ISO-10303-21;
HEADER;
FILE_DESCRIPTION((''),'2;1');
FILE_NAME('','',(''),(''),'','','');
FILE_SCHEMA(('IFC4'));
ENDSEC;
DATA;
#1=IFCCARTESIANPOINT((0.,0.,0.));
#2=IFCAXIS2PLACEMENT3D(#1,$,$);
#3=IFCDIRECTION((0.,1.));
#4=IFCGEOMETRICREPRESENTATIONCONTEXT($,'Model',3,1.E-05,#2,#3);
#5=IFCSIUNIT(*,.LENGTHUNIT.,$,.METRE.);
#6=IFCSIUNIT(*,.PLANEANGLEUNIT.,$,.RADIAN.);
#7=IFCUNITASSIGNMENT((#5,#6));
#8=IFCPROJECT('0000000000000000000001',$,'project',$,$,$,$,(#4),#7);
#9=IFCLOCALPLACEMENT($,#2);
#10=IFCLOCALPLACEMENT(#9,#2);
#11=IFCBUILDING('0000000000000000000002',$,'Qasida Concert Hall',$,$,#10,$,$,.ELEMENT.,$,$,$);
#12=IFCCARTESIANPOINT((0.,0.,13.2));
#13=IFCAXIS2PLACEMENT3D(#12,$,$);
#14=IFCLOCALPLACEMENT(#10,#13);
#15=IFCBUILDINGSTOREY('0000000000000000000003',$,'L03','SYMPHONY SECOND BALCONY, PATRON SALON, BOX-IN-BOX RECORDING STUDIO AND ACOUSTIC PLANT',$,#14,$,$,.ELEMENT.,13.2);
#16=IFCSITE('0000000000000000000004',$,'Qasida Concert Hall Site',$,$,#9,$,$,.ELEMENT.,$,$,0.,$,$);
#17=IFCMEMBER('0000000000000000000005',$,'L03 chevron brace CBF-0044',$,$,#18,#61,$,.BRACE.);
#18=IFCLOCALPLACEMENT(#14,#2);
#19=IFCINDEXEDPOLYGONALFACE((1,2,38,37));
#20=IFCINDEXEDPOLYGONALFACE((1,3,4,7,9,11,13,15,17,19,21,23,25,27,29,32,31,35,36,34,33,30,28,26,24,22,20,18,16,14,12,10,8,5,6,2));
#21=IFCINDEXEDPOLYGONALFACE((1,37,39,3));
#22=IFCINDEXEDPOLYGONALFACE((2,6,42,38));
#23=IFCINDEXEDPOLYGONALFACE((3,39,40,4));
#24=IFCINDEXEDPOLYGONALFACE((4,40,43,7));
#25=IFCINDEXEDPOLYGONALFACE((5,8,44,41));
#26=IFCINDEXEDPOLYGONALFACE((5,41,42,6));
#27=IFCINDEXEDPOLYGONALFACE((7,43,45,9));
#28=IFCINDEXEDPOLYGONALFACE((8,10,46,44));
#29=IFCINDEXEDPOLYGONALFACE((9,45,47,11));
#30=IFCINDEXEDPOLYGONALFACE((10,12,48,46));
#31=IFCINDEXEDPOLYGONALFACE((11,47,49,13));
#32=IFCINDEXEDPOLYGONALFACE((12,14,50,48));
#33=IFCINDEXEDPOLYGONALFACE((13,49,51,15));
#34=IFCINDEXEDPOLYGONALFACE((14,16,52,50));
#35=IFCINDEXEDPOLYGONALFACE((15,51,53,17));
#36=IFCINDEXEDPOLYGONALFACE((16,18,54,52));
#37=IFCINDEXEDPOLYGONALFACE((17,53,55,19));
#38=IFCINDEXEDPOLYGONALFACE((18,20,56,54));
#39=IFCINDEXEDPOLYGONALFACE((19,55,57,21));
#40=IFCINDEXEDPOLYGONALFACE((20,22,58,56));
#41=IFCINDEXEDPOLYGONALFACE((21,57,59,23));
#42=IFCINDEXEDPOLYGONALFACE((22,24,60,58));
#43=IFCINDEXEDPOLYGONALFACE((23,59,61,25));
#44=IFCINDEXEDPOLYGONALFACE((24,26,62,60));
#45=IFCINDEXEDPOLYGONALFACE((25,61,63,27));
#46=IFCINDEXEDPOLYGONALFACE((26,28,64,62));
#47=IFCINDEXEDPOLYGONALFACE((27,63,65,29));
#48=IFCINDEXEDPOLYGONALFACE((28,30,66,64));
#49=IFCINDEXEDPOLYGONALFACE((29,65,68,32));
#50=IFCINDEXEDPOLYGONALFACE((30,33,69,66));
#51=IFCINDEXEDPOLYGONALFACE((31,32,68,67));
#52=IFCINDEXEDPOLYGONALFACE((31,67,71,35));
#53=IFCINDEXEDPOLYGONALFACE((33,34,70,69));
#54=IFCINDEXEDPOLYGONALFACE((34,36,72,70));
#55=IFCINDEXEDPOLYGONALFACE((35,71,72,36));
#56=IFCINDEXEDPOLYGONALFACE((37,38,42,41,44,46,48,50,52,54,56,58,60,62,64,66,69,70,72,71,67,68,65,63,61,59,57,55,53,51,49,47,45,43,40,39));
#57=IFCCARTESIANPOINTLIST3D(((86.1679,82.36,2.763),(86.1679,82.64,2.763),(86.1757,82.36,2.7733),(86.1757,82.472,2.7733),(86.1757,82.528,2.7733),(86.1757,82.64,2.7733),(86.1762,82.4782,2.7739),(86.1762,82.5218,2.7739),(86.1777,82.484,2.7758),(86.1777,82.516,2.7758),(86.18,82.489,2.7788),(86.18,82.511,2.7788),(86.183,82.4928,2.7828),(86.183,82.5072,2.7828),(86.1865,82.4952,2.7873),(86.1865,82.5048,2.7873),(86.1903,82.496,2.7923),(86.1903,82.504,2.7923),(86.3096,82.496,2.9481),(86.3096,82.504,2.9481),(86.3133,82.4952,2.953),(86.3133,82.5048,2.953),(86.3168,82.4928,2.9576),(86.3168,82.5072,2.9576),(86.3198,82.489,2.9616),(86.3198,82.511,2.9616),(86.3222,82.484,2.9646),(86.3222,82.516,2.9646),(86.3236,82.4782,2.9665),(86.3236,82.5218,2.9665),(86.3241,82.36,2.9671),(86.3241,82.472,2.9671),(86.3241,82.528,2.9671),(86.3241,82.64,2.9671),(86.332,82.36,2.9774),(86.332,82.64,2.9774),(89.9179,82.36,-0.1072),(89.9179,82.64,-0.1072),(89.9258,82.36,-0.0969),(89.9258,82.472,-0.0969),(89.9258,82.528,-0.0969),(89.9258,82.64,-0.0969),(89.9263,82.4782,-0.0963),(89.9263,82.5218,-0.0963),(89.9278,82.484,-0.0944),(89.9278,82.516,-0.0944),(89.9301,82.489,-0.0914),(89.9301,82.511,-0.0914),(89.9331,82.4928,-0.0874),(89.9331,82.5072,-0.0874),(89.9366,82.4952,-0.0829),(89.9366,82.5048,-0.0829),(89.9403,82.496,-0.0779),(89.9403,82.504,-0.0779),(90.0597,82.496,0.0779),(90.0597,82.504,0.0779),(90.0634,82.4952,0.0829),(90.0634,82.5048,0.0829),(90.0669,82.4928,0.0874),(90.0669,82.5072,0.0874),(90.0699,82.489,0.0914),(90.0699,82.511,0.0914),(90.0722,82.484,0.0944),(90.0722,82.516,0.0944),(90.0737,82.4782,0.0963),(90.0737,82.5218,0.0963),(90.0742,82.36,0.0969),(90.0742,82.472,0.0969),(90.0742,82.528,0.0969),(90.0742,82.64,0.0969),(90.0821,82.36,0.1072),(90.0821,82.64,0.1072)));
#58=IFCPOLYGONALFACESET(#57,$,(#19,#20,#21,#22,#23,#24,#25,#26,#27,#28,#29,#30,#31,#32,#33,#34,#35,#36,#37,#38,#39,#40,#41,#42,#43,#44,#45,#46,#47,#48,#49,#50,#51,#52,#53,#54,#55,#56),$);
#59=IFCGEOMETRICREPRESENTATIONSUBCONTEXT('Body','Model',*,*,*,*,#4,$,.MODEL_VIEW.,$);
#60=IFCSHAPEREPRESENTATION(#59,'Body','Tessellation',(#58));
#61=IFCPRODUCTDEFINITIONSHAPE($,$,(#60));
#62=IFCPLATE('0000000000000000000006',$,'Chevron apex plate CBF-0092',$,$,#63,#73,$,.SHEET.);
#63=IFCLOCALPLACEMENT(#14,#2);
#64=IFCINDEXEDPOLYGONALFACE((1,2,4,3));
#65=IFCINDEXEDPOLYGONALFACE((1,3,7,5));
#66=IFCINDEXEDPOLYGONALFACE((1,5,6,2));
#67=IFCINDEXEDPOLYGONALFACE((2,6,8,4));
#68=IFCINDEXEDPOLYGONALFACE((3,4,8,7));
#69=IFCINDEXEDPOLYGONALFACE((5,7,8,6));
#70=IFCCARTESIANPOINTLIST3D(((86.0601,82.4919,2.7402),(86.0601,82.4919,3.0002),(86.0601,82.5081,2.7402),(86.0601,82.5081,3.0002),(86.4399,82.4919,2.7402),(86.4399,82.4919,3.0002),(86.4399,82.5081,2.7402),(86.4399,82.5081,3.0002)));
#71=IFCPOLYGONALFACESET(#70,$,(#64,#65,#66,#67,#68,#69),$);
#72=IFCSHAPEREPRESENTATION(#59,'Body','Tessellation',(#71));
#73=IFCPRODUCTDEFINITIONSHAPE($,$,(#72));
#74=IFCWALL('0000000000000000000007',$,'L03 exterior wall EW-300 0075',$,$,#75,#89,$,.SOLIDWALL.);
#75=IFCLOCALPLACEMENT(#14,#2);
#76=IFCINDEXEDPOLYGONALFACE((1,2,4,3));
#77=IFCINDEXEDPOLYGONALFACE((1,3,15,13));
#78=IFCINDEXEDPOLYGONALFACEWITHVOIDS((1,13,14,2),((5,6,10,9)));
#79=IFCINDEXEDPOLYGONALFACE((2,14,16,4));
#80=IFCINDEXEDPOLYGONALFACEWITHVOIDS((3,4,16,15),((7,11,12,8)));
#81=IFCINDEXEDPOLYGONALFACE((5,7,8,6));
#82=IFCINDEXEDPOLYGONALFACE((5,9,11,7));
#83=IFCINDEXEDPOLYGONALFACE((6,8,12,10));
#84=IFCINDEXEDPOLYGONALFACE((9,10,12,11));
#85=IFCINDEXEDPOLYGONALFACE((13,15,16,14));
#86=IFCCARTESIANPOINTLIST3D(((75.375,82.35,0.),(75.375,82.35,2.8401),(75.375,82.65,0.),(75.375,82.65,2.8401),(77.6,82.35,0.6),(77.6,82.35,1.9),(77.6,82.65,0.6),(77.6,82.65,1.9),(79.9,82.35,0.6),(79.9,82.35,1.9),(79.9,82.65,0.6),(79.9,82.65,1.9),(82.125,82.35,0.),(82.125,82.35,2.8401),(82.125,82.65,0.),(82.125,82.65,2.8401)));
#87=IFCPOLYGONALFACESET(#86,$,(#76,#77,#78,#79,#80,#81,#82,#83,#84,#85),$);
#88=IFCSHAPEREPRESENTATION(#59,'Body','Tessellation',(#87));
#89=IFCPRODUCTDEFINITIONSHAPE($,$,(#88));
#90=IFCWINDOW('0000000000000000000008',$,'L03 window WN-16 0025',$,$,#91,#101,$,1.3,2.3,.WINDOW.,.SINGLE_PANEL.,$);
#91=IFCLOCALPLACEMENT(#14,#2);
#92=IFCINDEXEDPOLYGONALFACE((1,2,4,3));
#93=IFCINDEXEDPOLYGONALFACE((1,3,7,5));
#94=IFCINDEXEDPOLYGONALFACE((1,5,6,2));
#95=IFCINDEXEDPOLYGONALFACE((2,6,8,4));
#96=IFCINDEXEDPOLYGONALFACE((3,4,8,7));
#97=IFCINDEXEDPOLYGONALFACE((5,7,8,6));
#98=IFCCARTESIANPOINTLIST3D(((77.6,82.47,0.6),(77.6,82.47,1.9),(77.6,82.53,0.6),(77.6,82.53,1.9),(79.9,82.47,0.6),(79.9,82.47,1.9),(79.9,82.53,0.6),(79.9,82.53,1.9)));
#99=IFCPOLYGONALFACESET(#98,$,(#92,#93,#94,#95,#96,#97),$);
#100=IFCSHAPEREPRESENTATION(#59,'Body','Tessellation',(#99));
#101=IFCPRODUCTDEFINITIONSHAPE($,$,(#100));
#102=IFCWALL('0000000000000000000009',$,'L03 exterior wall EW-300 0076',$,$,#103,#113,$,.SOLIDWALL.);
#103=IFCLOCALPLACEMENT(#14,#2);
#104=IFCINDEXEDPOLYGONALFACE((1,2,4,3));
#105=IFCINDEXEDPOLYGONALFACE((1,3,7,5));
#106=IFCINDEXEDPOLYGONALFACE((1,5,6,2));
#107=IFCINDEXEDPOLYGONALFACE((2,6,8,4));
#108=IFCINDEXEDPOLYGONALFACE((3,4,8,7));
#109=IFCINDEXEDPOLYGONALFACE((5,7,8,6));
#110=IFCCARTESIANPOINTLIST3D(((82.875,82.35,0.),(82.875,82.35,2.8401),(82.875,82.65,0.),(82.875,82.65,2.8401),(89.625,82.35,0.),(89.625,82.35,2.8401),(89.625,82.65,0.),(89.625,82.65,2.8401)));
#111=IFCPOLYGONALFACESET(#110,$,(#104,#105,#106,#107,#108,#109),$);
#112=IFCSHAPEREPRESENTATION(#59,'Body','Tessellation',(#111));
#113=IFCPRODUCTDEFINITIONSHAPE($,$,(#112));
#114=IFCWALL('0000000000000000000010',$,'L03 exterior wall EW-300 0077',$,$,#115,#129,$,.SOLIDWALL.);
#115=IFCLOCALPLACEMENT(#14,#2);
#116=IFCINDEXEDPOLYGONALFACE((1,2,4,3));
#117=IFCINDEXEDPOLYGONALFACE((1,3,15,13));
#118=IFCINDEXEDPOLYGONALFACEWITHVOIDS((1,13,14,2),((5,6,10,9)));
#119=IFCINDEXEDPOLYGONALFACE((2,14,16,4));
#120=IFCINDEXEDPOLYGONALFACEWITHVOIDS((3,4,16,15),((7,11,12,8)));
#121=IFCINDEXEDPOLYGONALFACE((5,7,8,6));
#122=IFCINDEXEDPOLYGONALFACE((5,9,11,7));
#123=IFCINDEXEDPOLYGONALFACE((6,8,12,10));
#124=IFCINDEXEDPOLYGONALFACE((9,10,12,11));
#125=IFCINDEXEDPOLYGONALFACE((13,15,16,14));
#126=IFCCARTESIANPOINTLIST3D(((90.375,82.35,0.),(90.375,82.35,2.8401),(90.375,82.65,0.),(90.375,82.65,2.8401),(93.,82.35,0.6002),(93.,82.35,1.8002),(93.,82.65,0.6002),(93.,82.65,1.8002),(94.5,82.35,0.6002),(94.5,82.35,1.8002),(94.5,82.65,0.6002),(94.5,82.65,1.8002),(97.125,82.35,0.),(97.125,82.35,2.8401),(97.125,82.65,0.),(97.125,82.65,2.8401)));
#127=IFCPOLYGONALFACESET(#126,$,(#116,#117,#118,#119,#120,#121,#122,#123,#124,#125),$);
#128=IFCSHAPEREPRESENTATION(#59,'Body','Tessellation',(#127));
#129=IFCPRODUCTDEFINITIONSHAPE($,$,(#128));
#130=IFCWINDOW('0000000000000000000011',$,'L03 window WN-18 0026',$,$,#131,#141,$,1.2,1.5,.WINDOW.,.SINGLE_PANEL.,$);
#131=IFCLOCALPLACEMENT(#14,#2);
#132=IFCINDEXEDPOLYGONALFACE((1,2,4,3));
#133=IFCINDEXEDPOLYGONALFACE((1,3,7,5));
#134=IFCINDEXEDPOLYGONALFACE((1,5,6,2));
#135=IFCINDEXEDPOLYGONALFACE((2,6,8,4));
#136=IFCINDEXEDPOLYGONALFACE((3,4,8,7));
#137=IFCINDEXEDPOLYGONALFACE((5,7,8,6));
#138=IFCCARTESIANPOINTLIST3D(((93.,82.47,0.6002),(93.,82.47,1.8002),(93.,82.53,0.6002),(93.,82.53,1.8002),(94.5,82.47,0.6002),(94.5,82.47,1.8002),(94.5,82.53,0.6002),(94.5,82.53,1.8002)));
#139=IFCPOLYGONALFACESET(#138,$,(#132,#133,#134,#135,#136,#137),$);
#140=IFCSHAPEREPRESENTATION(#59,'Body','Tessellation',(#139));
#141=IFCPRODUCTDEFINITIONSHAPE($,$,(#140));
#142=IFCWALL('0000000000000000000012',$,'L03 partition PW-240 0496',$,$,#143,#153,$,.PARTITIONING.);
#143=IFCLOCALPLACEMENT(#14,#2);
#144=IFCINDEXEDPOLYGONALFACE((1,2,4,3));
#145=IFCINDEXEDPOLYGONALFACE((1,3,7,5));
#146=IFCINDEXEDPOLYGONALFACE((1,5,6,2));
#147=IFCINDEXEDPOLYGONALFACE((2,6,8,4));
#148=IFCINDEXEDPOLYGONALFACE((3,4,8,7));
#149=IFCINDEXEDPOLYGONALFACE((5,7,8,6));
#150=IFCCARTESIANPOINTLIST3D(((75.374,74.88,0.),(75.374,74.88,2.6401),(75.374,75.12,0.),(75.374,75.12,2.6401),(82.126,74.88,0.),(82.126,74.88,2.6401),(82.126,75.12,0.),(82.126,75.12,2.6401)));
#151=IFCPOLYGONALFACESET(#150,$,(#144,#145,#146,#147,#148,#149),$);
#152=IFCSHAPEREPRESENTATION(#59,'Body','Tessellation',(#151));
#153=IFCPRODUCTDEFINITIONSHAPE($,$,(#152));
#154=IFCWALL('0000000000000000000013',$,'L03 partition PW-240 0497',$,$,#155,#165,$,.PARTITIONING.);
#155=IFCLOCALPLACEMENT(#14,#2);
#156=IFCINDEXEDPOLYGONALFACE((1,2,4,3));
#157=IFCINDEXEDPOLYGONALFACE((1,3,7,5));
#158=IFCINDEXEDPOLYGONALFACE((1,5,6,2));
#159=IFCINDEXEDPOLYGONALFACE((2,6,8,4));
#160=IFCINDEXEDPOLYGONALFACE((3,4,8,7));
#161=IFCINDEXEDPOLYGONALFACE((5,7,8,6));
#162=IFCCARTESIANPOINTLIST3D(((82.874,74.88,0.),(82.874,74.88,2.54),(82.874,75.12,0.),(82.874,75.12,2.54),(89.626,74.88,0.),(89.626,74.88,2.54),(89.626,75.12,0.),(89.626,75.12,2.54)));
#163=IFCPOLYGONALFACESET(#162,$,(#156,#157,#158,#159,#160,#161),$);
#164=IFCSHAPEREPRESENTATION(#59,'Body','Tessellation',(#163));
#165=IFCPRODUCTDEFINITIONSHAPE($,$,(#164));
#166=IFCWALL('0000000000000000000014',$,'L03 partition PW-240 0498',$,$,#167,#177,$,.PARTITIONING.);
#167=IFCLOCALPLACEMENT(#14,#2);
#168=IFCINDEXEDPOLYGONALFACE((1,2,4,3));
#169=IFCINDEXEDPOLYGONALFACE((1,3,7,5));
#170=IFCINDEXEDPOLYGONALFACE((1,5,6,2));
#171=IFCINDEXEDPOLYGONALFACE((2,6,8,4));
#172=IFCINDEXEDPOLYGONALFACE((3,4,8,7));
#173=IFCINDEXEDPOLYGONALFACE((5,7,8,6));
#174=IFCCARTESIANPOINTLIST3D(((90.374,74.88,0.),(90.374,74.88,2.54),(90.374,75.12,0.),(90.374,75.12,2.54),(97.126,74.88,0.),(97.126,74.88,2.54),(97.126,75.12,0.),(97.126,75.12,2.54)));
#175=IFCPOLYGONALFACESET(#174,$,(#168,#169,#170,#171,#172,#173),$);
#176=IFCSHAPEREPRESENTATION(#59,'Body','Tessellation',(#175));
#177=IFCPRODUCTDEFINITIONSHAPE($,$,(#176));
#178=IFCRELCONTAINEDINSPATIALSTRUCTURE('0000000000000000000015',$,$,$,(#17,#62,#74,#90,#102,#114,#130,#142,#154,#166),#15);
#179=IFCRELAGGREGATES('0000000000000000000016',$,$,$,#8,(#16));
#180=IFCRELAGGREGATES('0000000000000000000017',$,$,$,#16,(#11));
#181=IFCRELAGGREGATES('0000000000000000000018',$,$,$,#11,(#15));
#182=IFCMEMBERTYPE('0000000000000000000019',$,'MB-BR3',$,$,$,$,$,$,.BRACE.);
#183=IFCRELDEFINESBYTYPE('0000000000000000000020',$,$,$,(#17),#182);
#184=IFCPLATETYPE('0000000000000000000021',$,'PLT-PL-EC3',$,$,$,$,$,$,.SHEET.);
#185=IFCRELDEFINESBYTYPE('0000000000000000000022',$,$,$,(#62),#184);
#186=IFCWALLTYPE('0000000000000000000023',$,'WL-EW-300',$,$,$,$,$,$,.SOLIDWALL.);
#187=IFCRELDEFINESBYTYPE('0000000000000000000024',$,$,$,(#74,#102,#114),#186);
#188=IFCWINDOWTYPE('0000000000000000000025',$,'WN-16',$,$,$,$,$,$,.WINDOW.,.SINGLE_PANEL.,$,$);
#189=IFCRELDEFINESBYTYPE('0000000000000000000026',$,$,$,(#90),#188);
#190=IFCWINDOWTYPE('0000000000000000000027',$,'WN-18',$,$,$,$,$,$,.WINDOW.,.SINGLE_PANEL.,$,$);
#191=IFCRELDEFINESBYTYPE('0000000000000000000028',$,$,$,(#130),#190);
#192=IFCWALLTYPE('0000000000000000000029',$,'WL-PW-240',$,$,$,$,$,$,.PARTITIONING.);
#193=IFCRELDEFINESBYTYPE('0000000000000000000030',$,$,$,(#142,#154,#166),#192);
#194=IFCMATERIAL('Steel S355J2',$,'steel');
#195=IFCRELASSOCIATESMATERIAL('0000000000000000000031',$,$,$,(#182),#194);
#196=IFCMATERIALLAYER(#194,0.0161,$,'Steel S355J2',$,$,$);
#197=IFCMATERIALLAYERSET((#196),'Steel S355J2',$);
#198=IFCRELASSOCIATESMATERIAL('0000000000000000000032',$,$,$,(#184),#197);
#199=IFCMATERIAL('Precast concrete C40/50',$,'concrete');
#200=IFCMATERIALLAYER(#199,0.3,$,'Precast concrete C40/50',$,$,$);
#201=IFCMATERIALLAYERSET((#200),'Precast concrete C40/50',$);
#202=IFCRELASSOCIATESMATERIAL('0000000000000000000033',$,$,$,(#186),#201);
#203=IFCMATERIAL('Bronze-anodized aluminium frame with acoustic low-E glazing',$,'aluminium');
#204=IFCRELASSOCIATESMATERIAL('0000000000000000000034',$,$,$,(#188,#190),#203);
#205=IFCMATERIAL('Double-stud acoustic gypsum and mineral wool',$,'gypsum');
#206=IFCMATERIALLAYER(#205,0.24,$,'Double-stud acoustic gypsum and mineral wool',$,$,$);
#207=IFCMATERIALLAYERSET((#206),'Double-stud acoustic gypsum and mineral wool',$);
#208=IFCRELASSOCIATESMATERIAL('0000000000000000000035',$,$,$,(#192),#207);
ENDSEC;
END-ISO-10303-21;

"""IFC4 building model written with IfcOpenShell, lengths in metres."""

from ifc_helpers import new_model, si_unit, direction, frame, frame_2d, origin, origin_2d, place, context, subcontext, project, spatial, rectangle, i_section, extrude, material, layer, layer_set, material_profile, profile_set, type_object, element, fill, save


model = new_model("IFC4")

# Units and contexts
model_context = context("Model", 3, precision=1e-05, world=origin(), true_north=direction((0.0, 1.0)))
body_context = subcontext(model_context, "Body", "Model", "MODEL_VIEW")
ifc_project = project(units=[si_unit("LENGTHUNIT", "METRE"), si_unit("PLANEANGLEUNIT", "RADIAN")], contexts=[model_context])

# Site, building, storey
site_placement = place(None, origin())
site = spatial("IfcSite", under=ifc_project, at=site_placement, Name="Qasida Concert Hall Site", CompositionType="ELEMENT", RefElevation=0.0)
building_placement = place(site_placement, origin())
building = spatial("IfcBuilding", under=site, at=building_placement, Name="Qasida Concert Hall", CompositionType="ELEMENT")
storey_placement = place(building_placement, frame((0.0, 0.0, 13.2)))
storey = spatial("IfcBuildingStorey", under=building, at=storey_placement, Name="L03", Description="SYMPHONY SECOND BALCONY, PATRON SALON, BOX-IN-BOX RECORDING STUDIO AND ACOUSTIC PLANT", CompositionType="ELEMENT", Elevation=13.2)

# Shared definitions
ifc_material_1 = material(Name="Steel S355J2", Category="steel")

# Member
ifc_material_profile_1 = material_profile(ifc_material_1, i_section(OverallWidth=0.28, OverallDepth=0.27, WebThickness=0.0081, FlangeThickness=0.0129, FilletRadius=0.0239, at=origin_2d()), Name="HEA 280")
ifc_profile_set_1 = profile_set([ifc_material_profile_1], Name="Steel S355J2")
member_type_1 = type_object("IfcMemberType", Name="MB-BR3", PredefinedType="BRACE", material=ifc_profile_set_1)
for number, where, z_axis, x_axis, name in (
    (1, (90.0, 82.5, 0.0), (-0.794105, 0.0, 0.60778), (0.0, -1.0, 0.0), "L03 chevron brace CBF-0044"),
):
    element("IfcMember", number, at=place(storey_placement, frame(where, z_axis=z_axis, x_axis=x_axis)), inside=storey, type_object=member_type_1, Name=name, PredefinedType="BRACE", context=body_context, shape_type="SweptSolid", body=[
        extrude(i_section(OverallWidth=0.28, OverallDepth=0.27, WebThickness=0.0081, FlangeThickness=0.0129, FilletRadius=0.0239, at=origin_2d()), origin(), (0.0, 0.0, 1.0), 4.7224),
    ])

# Plate
ifc_layer_1 = layer(ifc_material_1, 0.0161, Name="Steel S355J2")
ifc_layer_set_1 = layer_set([ifc_layer_1], Name="Steel S355J2")
plate_type = type_object("IfcPlateType", Name="PLT-PL-EC3", PredefinedType="SHEET", material=ifc_layer_set_1)
plate_placement = place(storey_placement, frame((86.25, 82.5, 2.7402), z_axis=(0.0, 0.0, 1.0), x_axis=(1.0, 0.0, 0.0)))
element("IfcPlate", 2, at=plate_placement, inside=storey, type_object=plate_type, Name="Chevron apex plate CBF-0092", PredefinedType="SHEET", context=body_context, shape_type="SweptSolid", body=[
    extrude(rectangle(XDim=0.3799, YDim=0.0161, at=origin_2d()), origin(), (0.0, 0.0, 1.0), 0.26),
])

# Wall, opening, window
ifc_material_2 = material(Name="Precast concrete C40/50", Category="concrete")
ifc_layer_2 = layer(ifc_material_2, 0.3, Name="Precast concrete C40/50")
ifc_layer_set_2 = layer_set([ifc_layer_2], Name="Precast concrete C40/50")
wall_type_1 = type_object("IfcWallType", Name="WL-EW-300", PredefinedType="SOLIDWALL", material=ifc_layer_set_2)
wall_1_placement = place(storey_placement, frame((75.375, 82.5, 0.0), z_axis=(0.0, 0.0, 1.0), x_axis=(1.0, 0.0, 0.0)))
wall_1 = element("IfcWall", 3, at=wall_1_placement, inside=storey, type_object=wall_type_1, Name="L03 exterior wall EW-300 0075", PredefinedType="SOLIDWALL", context=body_context, shape_type="SweptSolid", body=[
    extrude(rectangle(XDim=6.75, YDim=0.3, at=frame_2d((3.375, 0.0))), origin(), (0.0, 0.0, 1.0), 2.8401),
])
opening_1_placement = place(wall_1_placement, frame((2.2251, 0.0, 0.6001)))
opening_1 = element("IfcOpeningElement", 4, at=opening_1_placement, cuts=wall_1, PredefinedType="OPENING", context=body_context, shape_type="SweptSolid", body=[
    extrude(rectangle(XDim=2.3, YDim=1.3, at=frame_2d((1.1499, 0.6499))), frame((0.0, 0.1599, 0.0), z_axis=(0.0, -1.0, 0.0), x_axis=(1.0, 0.0, 0.0)), (0.0, 0.0, 1.0), 0.3201),
])
ifc_material_3 = material(Name="Bronze-anodized aluminium frame with acoustic low-E glazing", Category="aluminium")
window_type_1 = type_object("IfcWindowType", Name="WN-16", PartitioningType="SINGLE_PANEL", PredefinedType="WINDOW", material=ifc_material_3)
window_1_placement = place(opening_1_placement, origin())
window_1 = element("IfcWindow", 5, at=window_1_placement, inside=storey, type_object=window_type_1, Name="L03 window WN-16 0025", OverallHeight=1.3, OverallWidth=2.3, PartitioningType="SINGLE_PANEL", PredefinedType="WINDOW", context=body_context, shape_type="SweptSolid", body=[
    extrude(rectangle(XDim=2.3, YDim=1.3, at=frame_2d((1.1499, 0.6499))), frame((0.0, 0.03, 0.0), z_axis=(0.0, -1.0, 0.0), x_axis=(1.0, 0.0, 0.0)), (0.0, 0.0, 1.0), 0.0601),
])
fill(opening_1, window_1)

# Wall
wall_2_placement = place(storey_placement, frame((82.875, 82.5, 0.0), z_axis=(0.0, 0.0, 1.0), x_axis=(1.0, 0.0, 0.0)))
element("IfcWall", 6, at=wall_2_placement, inside=storey, type_object=wall_type_1, Name="L03 exterior wall EW-300 0076", PredefinedType="SOLIDWALL", context=body_context, shape_type="SweptSolid", body=[
    extrude(rectangle(XDim=6.75, YDim=0.3, at=frame_2d((3.375, 0.0))), origin(), (0.0, 0.0, 1.0), 2.8401),
])

# Wall, opening, window
wall_3_placement = place(storey_placement, frame((90.375, 82.5, 0.0), z_axis=(0.0, 0.0, 1.0), x_axis=(1.0, 0.0, 0.0)))
wall_3 = element("IfcWall", 7, at=wall_3_placement, inside=storey, type_object=wall_type_1, Name="L03 exterior wall EW-300 0077", PredefinedType="SOLIDWALL", context=body_context, shape_type="SweptSolid", body=[
    extrude(rectangle(XDim=6.75, YDim=0.3, at=frame_2d((3.375, 0.0))), origin(), (0.0, 0.0, 1.0), 2.8401),
])
opening_2_placement = place(wall_3_placement, frame((2.625, 0.0, 0.6001)))
opening_2 = element("IfcOpeningElement", 8, at=opening_2_placement, cuts=wall_3, PredefinedType="OPENING", context=body_context, shape_type="SweptSolid", body=[
    extrude(rectangle(XDim=1.5, YDim=1.2, at=frame_2d((0.75, 0.6001))), frame((0.0, 0.1599, 0.0), z_axis=(0.0, -1.0, 0.0), x_axis=(1.0, 0.0, 0.0)), (0.0, 0.0, 1.0), 0.3201),
])
window_type_2 = type_object("IfcWindowType", Name="WN-18", PartitioningType="SINGLE_PANEL", PredefinedType="WINDOW", material=ifc_material_3)
window_2_placement = place(opening_2_placement, origin())
window_2 = element("IfcWindow", 9, at=window_2_placement, inside=storey, type_object=window_type_2, Name="L03 window WN-18 0026", OverallHeight=1.2, OverallWidth=1.5, PartitioningType="SINGLE_PANEL", PredefinedType="WINDOW", context=body_context, shape_type="SweptSolid", body=[
    extrude(rectangle(XDim=1.5, YDim=1.2, at=frame_2d((0.75, 0.6001))), frame((0.0, 0.03, 0.0), z_axis=(0.0, -1.0, 0.0), x_axis=(1.0, 0.0, 0.0)), (0.0, 0.0, 1.0), 0.0601),
])
fill(opening_2, window_2)

# Walls
ifc_material_4 = material(Name="Double-stud acoustic gypsum and mineral wool", Category="gypsum")
ifc_layer_3 = layer(ifc_material_4, 0.24, Name="Double-stud acoustic gypsum and mineral wool")
ifc_layer_set_3 = layer_set([ifc_layer_3], Name="Double-stud acoustic gypsum and mineral wool")
wall_type_2 = type_object("IfcWallType", Name="WL-PW-240", PredefinedType="PARTITIONING", material=ifc_layer_set_3)
wall_4_placement = place(storey_placement, frame((75.374, 75.0, 0.0), z_axis=(0.0, 0.0, 1.0), x_axis=(1.0, 0.0, 0.0)))
element("IfcWall", 10, at=wall_4_placement, inside=storey, type_object=wall_type_2, Name="L03 partition PW-240 0496", PredefinedType="PARTITIONING", context=body_context, shape_type="SweptSolid", body=[
    extrude(rectangle(XDim=6.752, YDim=0.24, at=frame_2d((3.376, 0.0))), origin(), (0.0, 0.0, 1.0), 2.6401),
])
for number, where, z_axis, x_axis, name in (
    (11, (82.874, 75.0, 0.0), (0.0, 0.0, 1.0), (1.0, 0.0, 0.0), "L03 partition PW-240 0497"),
    (12, (90.374, 75.0, 0.0), (0.0, 0.0, 1.0), (1.0, 0.0, 0.0), "L03 partition PW-240 0498"),
):
    element("IfcWall", number, at=place(storey_placement, frame(where, z_axis=z_axis, x_axis=x_axis)), inside=storey, type_object=wall_type_2, Name=name, PredefinedType="PARTITIONING", context=body_context, shape_type="SweptSolid", body=[
        extrude(rectangle(XDim=6.752, YDim=0.24, at=frame_2d((3.376, 0.0))), origin(), (0.0, 0.0, 1.0), 2.54),
    ])

save(model, "model.ifc")
